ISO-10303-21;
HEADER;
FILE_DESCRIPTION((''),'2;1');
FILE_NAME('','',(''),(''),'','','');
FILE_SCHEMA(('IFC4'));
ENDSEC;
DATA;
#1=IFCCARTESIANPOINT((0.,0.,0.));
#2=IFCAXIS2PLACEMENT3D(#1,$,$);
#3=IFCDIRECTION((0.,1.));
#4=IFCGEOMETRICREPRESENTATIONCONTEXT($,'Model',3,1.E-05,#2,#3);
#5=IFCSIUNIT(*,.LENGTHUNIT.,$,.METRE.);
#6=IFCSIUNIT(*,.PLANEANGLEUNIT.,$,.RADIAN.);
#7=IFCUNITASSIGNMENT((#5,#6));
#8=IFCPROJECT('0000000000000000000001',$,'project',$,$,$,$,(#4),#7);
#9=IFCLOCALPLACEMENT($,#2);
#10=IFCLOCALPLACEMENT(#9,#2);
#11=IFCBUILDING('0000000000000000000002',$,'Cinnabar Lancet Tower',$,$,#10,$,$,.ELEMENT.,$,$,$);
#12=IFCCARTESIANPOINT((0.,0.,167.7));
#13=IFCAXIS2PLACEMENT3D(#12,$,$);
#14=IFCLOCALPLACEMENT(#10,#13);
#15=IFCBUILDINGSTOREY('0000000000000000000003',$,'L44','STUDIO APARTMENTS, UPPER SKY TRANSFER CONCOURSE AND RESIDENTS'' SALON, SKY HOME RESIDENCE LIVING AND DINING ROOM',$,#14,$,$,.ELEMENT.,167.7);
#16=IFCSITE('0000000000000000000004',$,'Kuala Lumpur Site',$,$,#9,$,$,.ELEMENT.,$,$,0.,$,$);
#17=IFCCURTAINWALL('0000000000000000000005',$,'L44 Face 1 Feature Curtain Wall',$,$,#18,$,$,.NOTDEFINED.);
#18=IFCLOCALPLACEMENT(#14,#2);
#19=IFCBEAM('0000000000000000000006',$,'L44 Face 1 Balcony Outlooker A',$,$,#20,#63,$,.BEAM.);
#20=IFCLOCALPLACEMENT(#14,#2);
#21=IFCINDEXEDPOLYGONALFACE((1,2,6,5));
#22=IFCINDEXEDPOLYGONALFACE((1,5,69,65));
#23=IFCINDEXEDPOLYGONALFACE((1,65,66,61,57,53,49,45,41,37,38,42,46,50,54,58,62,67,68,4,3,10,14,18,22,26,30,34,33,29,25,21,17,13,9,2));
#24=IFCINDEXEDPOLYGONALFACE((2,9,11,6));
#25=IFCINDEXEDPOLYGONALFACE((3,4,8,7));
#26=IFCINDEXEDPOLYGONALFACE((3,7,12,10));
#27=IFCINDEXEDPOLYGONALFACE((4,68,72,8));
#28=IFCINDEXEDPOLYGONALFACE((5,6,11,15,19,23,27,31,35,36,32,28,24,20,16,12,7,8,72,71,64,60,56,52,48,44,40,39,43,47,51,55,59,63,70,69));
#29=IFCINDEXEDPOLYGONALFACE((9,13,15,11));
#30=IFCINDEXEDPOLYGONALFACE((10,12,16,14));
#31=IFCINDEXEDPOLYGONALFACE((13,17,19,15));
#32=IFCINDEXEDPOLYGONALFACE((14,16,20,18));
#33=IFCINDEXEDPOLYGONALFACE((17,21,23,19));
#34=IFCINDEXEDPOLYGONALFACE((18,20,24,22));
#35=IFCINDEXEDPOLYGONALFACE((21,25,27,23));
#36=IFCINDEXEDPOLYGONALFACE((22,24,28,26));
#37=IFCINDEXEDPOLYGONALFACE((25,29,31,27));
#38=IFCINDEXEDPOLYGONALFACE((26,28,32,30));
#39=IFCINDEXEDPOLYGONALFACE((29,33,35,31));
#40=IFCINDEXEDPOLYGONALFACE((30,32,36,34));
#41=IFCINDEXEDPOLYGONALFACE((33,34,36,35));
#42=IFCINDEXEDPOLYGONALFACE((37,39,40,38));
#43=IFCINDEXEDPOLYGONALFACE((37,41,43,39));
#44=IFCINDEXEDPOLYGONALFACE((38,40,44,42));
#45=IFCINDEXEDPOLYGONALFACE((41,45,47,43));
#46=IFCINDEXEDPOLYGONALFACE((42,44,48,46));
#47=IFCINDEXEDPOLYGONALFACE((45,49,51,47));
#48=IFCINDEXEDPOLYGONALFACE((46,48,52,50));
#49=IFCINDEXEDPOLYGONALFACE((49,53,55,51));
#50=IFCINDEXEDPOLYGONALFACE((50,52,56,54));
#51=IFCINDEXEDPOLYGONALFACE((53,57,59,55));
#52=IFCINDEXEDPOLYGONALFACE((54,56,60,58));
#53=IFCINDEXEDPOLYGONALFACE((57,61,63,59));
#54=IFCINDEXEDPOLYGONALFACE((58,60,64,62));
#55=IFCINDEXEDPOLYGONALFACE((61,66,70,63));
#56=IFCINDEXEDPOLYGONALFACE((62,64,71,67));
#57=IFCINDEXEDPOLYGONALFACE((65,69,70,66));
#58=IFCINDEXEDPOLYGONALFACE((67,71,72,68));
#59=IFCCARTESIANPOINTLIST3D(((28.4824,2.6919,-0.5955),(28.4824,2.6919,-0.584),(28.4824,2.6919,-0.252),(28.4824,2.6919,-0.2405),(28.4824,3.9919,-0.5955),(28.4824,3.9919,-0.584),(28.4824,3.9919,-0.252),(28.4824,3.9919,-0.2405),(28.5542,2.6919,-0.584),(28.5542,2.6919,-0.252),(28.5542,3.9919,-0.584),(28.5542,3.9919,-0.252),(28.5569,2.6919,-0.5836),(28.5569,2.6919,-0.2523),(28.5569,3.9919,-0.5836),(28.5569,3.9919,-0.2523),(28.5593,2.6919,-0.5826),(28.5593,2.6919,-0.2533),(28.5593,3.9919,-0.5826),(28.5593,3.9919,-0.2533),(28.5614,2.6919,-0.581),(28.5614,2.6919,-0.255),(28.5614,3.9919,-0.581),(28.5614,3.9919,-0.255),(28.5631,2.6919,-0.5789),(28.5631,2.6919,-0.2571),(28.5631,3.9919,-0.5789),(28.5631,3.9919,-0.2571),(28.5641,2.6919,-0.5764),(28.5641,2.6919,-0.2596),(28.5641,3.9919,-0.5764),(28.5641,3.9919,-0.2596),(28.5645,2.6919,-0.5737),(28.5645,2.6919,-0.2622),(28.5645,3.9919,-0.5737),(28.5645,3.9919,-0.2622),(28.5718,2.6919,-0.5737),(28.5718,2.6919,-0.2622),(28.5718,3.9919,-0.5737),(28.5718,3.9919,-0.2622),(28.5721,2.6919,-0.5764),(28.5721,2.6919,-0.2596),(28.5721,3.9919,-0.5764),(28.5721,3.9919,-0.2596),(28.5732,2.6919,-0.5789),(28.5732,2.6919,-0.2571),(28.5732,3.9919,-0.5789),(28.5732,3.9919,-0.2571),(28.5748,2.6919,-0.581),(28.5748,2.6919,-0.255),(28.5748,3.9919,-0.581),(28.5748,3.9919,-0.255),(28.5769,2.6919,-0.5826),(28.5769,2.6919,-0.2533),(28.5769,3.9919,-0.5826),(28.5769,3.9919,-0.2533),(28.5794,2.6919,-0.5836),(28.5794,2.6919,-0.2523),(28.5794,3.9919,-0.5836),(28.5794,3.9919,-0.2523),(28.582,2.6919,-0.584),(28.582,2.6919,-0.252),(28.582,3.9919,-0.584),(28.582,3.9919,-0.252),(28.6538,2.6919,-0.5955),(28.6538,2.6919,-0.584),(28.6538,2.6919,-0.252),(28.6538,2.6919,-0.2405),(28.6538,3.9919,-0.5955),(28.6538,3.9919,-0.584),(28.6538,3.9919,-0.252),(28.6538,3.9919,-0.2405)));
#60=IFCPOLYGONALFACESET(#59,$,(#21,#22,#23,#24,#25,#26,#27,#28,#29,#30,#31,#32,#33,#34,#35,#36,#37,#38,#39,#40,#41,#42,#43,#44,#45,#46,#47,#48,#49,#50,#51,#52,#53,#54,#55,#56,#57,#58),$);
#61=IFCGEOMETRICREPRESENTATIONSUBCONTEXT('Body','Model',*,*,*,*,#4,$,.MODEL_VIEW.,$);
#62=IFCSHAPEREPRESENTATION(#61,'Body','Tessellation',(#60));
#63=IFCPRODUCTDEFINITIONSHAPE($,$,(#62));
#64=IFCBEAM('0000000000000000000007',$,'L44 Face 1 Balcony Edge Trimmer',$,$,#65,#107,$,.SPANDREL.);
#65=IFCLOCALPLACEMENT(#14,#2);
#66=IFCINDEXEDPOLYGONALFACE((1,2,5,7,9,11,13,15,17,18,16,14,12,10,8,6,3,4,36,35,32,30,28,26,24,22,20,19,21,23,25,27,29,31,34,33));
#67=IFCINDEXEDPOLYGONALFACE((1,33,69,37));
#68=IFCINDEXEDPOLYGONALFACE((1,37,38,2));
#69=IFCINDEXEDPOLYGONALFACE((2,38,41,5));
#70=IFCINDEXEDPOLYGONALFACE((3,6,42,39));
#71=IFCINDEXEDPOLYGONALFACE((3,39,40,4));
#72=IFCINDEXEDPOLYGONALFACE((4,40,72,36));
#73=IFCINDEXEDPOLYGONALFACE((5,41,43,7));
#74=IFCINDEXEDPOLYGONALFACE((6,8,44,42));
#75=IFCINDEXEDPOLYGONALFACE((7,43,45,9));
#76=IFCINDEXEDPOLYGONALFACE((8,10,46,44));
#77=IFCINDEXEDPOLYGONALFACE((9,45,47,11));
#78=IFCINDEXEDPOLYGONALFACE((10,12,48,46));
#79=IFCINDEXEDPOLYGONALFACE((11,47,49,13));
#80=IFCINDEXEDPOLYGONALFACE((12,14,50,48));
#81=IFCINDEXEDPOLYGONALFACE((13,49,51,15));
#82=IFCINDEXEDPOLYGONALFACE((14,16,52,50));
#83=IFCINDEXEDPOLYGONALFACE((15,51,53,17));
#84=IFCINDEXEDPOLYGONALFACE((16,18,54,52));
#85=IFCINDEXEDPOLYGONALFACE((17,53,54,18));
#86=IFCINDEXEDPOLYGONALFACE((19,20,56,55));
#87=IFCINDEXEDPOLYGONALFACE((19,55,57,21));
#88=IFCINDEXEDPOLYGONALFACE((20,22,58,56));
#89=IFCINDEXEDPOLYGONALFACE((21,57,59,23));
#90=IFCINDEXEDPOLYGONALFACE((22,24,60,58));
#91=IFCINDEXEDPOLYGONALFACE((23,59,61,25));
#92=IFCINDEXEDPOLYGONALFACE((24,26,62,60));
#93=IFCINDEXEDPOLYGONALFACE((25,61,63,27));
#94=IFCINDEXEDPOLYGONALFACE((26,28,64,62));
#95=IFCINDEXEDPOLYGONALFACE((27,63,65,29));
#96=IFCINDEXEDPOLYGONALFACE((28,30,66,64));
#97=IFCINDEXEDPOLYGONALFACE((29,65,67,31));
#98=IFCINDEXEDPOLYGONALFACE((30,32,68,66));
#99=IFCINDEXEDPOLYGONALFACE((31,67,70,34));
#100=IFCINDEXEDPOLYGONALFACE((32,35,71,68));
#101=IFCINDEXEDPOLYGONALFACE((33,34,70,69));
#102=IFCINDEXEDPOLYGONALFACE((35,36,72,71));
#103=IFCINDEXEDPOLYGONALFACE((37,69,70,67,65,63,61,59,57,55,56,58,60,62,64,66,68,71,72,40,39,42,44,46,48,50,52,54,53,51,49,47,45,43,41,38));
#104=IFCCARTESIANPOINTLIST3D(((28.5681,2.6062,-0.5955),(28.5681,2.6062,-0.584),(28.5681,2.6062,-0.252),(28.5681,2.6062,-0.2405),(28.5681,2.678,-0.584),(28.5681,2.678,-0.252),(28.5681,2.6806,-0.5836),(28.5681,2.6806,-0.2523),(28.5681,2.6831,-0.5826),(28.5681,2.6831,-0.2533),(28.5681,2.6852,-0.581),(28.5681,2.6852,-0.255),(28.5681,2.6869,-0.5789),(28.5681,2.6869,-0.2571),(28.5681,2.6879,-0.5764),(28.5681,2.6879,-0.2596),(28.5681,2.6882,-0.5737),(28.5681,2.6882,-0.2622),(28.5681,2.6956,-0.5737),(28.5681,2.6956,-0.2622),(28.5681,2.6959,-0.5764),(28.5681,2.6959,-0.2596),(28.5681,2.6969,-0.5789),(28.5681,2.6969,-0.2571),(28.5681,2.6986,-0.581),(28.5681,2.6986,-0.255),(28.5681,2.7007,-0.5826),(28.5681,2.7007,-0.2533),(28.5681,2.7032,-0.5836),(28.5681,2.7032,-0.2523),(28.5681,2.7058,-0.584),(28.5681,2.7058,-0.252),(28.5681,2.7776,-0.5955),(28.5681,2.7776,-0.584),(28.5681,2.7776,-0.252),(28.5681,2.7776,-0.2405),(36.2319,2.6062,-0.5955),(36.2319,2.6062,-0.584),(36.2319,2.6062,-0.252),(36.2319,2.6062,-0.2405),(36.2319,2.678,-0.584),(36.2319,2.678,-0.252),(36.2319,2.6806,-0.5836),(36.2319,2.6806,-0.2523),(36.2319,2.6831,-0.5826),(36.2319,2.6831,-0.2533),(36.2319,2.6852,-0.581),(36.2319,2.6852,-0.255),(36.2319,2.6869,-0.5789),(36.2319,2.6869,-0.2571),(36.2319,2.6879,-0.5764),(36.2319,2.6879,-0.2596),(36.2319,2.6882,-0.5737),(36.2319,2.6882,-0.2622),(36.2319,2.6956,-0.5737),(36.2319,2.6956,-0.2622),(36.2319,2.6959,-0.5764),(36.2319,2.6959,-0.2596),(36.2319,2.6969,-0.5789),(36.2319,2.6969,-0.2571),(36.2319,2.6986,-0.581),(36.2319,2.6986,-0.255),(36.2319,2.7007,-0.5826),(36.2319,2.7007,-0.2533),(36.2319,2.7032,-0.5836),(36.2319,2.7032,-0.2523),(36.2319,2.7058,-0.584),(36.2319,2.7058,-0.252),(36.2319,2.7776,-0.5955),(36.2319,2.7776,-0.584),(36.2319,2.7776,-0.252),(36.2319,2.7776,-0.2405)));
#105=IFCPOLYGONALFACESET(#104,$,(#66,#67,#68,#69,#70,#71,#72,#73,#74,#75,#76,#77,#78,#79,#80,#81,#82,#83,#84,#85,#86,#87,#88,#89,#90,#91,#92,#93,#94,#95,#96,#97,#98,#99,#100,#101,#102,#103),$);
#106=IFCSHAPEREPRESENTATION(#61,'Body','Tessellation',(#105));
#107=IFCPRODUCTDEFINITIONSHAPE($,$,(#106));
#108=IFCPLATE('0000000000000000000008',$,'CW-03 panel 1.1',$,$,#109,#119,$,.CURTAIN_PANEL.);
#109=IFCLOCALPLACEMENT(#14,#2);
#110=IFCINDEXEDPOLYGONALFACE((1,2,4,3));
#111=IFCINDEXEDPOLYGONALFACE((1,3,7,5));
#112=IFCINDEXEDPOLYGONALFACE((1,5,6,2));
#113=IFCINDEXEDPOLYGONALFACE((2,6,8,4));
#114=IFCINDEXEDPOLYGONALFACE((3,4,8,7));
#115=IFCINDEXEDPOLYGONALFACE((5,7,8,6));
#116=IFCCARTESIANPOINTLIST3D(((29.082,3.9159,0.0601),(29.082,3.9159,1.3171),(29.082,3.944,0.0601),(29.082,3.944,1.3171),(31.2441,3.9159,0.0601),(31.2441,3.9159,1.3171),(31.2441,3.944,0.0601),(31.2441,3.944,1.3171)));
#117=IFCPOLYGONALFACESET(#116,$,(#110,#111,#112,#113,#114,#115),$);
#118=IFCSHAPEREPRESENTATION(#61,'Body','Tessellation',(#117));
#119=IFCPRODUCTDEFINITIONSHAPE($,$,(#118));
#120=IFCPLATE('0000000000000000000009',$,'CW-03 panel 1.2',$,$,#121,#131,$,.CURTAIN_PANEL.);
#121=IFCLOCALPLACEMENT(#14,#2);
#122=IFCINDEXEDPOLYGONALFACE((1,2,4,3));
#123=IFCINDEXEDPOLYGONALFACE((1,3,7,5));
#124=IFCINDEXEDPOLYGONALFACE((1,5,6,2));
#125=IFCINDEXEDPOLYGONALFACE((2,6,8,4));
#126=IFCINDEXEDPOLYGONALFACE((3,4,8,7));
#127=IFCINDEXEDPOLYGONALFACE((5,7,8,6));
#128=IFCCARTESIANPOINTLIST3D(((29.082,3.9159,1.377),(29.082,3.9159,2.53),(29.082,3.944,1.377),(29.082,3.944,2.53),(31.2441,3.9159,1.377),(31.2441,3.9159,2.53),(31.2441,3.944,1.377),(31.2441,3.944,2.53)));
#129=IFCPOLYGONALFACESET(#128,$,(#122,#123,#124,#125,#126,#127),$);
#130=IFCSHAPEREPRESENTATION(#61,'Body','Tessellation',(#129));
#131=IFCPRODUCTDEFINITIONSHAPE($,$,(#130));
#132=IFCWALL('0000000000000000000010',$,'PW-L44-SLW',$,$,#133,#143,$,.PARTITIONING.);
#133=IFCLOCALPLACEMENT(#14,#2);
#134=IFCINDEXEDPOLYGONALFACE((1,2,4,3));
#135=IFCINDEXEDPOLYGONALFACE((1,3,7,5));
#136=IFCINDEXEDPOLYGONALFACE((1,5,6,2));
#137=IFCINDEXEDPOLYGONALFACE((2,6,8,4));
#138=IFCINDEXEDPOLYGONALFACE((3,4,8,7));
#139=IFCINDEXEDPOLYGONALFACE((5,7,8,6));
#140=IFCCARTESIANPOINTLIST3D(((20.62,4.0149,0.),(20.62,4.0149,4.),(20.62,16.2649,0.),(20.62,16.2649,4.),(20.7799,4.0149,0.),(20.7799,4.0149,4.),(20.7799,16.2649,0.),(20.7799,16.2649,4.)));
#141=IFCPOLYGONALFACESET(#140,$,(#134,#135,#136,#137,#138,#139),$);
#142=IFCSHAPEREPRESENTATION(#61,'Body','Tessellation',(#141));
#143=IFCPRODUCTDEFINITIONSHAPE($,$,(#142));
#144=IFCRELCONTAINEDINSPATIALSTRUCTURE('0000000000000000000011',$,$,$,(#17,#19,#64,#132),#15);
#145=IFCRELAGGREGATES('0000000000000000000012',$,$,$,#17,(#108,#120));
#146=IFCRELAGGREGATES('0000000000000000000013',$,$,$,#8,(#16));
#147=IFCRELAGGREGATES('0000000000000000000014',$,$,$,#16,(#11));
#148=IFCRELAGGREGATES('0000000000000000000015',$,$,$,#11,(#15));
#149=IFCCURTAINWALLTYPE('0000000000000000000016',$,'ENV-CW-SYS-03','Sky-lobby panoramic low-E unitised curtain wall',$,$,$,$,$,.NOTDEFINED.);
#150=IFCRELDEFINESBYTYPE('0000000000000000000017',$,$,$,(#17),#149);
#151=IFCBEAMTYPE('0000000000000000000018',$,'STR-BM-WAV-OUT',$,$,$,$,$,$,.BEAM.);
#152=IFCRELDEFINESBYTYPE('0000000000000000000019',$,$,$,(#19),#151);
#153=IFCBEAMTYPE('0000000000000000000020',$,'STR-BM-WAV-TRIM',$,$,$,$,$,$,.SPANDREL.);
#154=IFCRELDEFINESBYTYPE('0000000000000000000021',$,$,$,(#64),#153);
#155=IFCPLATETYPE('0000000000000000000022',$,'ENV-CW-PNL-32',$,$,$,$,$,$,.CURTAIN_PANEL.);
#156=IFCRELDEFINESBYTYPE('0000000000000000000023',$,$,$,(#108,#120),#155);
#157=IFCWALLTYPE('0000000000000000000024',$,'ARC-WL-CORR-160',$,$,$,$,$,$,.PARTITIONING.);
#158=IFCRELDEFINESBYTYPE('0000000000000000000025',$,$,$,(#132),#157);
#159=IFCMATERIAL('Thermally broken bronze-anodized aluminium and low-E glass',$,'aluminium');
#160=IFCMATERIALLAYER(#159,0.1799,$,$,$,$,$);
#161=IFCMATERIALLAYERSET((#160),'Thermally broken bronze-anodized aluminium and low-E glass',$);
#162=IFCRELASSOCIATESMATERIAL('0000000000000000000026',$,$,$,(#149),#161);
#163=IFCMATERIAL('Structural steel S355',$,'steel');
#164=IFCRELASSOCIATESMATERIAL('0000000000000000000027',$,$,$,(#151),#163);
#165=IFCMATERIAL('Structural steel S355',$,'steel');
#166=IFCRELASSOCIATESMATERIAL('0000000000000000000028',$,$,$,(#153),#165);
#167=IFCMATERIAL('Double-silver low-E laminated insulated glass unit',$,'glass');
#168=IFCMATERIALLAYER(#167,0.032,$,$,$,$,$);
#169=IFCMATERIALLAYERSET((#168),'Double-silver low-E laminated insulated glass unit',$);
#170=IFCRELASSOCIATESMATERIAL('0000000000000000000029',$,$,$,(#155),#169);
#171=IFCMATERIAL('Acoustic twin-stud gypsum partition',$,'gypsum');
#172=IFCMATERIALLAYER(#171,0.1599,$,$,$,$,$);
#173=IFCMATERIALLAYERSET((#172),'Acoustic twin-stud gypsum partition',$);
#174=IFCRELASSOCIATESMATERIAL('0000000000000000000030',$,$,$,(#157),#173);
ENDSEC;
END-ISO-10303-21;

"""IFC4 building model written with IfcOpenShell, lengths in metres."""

from ifc_helpers import new_model, si_unit, direction, frame, frame_2d, origin, origin_2d, place, context, subcontext, project, spatial, rectangle, i_section, extrude, material, layer, layer_set, material_profile, profile_set, type_object, element, aggregate, save


model = new_model("IFC4")

# Units and contexts
model_context = context("Model", 3, precision=1e-05, world=origin(), true_north=direction((0.0, 1.0)))
body_context = subcontext(model_context, "Body", "Model", "MODEL_VIEW")
ifc_project = project(units=[si_unit("LENGTHUNIT", "METRE"), si_unit("PLANEANGLEUNIT", "RADIAN")], contexts=[model_context])

# Site, building, storey
site_placement = place(None, origin())
site = spatial("IfcSite", under=ifc_project, at=site_placement, Name="Kuala Lumpur Site", CompositionType="ELEMENT", RefElevation=0.0)
building_placement = place(site_placement, origin())
building = spatial("IfcBuilding", under=site, at=building_placement, Name="Cinnabar Lancet Tower", CompositionType="ELEMENT")
storey_placement = place(building_placement, frame((0.0, 0.0, 167.7)))
storey = spatial("IfcBuildingStorey", under=building, at=storey_placement, Name="L44", Description="STUDIO APARTMENTS, UPPER SKY TRANSFER CONCOURSE AND RESIDENTS' SALON, SKY HOME RESIDENCE LIVING AND DINING ROOM", CompositionType="ELEMENT", Elevation=167.7)

# Curtain wall
ifc_material_1 = material(Name="Thermally broken bronze-anodized aluminium and low-E glass", Category="aluminium")
ifc_layer_1 = layer(ifc_material_1, 0.1799)
ifc_layer_set_1 = layer_set([ifc_layer_1], Name="Thermally broken bronze-anodized aluminium and low-E glass")
curtain_wall_type = type_object("IfcCurtainWallType", Name="ENV-CW-SYS-03", Description="Sky-lobby panoramic low-E unitised curtain wall", PredefinedType="NOTDEFINED", material=ifc_layer_set_1)
curtain_wall_placement = place(storey_placement, origin())
curtain_wall = element("IfcCurtainWall", 1, at=curtain_wall_placement, inside=storey, type_object=curtain_wall_type, Name="L44 Face 1 Feature Curtain Wall", PredefinedType="NOTDEFINED")

# Beams
ifc_material_2 = material(Name="Structural steel S355", Category="steel")
ifc_material_profile_1 = material_profile(ifc_material_2, i_section(OverallWidth=0.1714, OverallDepth=0.355, WebThickness=0.0073, FlangeThickness=0.0115, FilletRadius=0.0103, at=origin_2d()), Name="UKB 356x171x51")
ifc_profile_set_1 = profile_set([ifc_material_profile_1], Name="Structural steel S355")
beam_type_1 = type_object("IfcBeamType", Name="STR-BM-WAV-OUT", PredefinedType="BEAM", material=ifc_profile_set_1)
beam_1_placement = place(storey_placement, frame((28.5681, 3.9919, -0.418), z_axis=(0.0, -1.0, 0.0), x_axis=(1.0, 0.0, 0.0)))
element("IfcBeam", 2, at=beam_1_placement, inside=storey, type_object=beam_type_1, Name="L44 Face 1 Balcony Outlooker A", PredefinedType="BEAM", context=body_context, shape_type="SweptSolid", body=[
    extrude(i_section(OverallWidth=0.1714, OverallDepth=0.355, WebThickness=0.0073, FlangeThickness=0.0115, FilletRadius=0.0103, at=origin_2d()), origin(), (0.0, 0.0, 1.0), 1.3),
])
ifc_material_3 = material(Name="Structural steel S355", Category="steel")
ifc_material_profile_2 = material_profile(ifc_material_3, i_section(OverallWidth=0.1714, OverallDepth=0.355, WebThickness=0.0073, FlangeThickness=0.0115, FilletRadius=0.0103, at=origin_2d()), Name="UKB 356x171x51")
ifc_profile_set_2 = profile_set([ifc_material_profile_2], Name="Structural steel S355")
beam_type_2 = type_object("IfcBeamType", Name="STR-BM-WAV-TRIM", PredefinedType="SPANDREL", material=ifc_profile_set_2)
beam_2_placement = place(storey_placement, frame((28.5681, 2.6919, -0.418), z_axis=(1.0, 0.0, 0.0), x_axis=(0.0, 1.0, 0.0)))
element("IfcBeam", 3, at=beam_2_placement, inside=storey, type_object=beam_type_2, Name="L44 Face 1 Balcony Edge Trimmer", PredefinedType="SPANDREL", context=body_context, shape_type="SweptSolid", body=[
    extrude(i_section(OverallWidth=0.1714, OverallDepth=0.355, WebThickness=0.0073, FlangeThickness=0.0115, FilletRadius=0.0103, at=origin_2d()), origin(), (0.0, 0.0, 1.0), 7.6638),
])

# Plates
ifc_material_4 = material(Name="Double-silver low-E laminated insulated glass unit", Category="glass")
ifc_layer_2 = layer(ifc_material_4, 0.032)
ifc_layer_set_2 = layer_set([ifc_layer_2], Name="Double-silver low-E laminated insulated glass unit")
plate_type = type_object("IfcPlateType", Name="ENV-CW-PNL-32", PredefinedType="CURTAIN_PANEL", material=ifc_layer_set_2)
plate_1_placement = place(storey_placement, frame((30.1631, 3.9299, 0.0601), z_axis=(0.0, 0.0, 1.0), x_axis=(1.0, 0.0, 0.0)))
plate_1 = element("IfcPlate", 4, at=plate_1_placement, type_object=plate_type, Name="CW-03 panel 1.1", PredefinedType="CURTAIN_PANEL", context=body_context, shape_type="SweptSolid", body=[
    extrude(rectangle(XDim=2.1621, YDim=0.0281, at=origin_2d()), origin(), (0.0, 0.0, 1.0), 1.2571),
])
plate_2_placement = place(storey_placement, frame((30.1631, 3.9299, 1.377), z_axis=(0.0, 0.0, 1.0), x_axis=(1.0, 0.0, 0.0)))
plate_2 = element("IfcPlate", 5, at=plate_2_placement, type_object=plate_type, Name="CW-03 panel 1.2", PredefinedType="CURTAIN_PANEL", context=body_context, shape_type="SweptSolid", body=[
    extrude(rectangle(XDim=2.1621, YDim=0.0281, at=origin_2d()), origin(), (0.0, 0.0, 1.0), 1.1531),
])
aggregate(curtain_wall, [plate_1, plate_2])

# Wall
ifc_material_5 = material(Name="Acoustic twin-stud gypsum partition", Category="gypsum")
ifc_layer_3 = layer(ifc_material_5, 0.1599)
ifc_layer_set_3 = layer_set([ifc_layer_3], Name="Acoustic twin-stud gypsum partition")
wall_type_1 = type_object("IfcWallType", Name="ARC-WL-CORR-160", PredefinedType="PARTITIONING", material=ifc_layer_set_3)
wall_1_placement = place(storey_placement, frame((20.7, 4.0149, 0.0), z_axis=(0.0, 0.0, 1.0), x_axis=(0.0, 1.0, 0.0)))
element("IfcWall", 6, at=wall_1_placement, inside=storey, type_object=wall_type_1, Name="PW-L44-SLW", PredefinedType="PARTITIONING", context=body_context, shape_type="SweptSolid", body=[
    extrude(rectangle(XDim=12.25, YDim=0.1599, at=frame_2d((6.125, 0.0))), origin(), (0.0, 0.0, 1.0), 4.0),
])

save(model, "model.ifc")
